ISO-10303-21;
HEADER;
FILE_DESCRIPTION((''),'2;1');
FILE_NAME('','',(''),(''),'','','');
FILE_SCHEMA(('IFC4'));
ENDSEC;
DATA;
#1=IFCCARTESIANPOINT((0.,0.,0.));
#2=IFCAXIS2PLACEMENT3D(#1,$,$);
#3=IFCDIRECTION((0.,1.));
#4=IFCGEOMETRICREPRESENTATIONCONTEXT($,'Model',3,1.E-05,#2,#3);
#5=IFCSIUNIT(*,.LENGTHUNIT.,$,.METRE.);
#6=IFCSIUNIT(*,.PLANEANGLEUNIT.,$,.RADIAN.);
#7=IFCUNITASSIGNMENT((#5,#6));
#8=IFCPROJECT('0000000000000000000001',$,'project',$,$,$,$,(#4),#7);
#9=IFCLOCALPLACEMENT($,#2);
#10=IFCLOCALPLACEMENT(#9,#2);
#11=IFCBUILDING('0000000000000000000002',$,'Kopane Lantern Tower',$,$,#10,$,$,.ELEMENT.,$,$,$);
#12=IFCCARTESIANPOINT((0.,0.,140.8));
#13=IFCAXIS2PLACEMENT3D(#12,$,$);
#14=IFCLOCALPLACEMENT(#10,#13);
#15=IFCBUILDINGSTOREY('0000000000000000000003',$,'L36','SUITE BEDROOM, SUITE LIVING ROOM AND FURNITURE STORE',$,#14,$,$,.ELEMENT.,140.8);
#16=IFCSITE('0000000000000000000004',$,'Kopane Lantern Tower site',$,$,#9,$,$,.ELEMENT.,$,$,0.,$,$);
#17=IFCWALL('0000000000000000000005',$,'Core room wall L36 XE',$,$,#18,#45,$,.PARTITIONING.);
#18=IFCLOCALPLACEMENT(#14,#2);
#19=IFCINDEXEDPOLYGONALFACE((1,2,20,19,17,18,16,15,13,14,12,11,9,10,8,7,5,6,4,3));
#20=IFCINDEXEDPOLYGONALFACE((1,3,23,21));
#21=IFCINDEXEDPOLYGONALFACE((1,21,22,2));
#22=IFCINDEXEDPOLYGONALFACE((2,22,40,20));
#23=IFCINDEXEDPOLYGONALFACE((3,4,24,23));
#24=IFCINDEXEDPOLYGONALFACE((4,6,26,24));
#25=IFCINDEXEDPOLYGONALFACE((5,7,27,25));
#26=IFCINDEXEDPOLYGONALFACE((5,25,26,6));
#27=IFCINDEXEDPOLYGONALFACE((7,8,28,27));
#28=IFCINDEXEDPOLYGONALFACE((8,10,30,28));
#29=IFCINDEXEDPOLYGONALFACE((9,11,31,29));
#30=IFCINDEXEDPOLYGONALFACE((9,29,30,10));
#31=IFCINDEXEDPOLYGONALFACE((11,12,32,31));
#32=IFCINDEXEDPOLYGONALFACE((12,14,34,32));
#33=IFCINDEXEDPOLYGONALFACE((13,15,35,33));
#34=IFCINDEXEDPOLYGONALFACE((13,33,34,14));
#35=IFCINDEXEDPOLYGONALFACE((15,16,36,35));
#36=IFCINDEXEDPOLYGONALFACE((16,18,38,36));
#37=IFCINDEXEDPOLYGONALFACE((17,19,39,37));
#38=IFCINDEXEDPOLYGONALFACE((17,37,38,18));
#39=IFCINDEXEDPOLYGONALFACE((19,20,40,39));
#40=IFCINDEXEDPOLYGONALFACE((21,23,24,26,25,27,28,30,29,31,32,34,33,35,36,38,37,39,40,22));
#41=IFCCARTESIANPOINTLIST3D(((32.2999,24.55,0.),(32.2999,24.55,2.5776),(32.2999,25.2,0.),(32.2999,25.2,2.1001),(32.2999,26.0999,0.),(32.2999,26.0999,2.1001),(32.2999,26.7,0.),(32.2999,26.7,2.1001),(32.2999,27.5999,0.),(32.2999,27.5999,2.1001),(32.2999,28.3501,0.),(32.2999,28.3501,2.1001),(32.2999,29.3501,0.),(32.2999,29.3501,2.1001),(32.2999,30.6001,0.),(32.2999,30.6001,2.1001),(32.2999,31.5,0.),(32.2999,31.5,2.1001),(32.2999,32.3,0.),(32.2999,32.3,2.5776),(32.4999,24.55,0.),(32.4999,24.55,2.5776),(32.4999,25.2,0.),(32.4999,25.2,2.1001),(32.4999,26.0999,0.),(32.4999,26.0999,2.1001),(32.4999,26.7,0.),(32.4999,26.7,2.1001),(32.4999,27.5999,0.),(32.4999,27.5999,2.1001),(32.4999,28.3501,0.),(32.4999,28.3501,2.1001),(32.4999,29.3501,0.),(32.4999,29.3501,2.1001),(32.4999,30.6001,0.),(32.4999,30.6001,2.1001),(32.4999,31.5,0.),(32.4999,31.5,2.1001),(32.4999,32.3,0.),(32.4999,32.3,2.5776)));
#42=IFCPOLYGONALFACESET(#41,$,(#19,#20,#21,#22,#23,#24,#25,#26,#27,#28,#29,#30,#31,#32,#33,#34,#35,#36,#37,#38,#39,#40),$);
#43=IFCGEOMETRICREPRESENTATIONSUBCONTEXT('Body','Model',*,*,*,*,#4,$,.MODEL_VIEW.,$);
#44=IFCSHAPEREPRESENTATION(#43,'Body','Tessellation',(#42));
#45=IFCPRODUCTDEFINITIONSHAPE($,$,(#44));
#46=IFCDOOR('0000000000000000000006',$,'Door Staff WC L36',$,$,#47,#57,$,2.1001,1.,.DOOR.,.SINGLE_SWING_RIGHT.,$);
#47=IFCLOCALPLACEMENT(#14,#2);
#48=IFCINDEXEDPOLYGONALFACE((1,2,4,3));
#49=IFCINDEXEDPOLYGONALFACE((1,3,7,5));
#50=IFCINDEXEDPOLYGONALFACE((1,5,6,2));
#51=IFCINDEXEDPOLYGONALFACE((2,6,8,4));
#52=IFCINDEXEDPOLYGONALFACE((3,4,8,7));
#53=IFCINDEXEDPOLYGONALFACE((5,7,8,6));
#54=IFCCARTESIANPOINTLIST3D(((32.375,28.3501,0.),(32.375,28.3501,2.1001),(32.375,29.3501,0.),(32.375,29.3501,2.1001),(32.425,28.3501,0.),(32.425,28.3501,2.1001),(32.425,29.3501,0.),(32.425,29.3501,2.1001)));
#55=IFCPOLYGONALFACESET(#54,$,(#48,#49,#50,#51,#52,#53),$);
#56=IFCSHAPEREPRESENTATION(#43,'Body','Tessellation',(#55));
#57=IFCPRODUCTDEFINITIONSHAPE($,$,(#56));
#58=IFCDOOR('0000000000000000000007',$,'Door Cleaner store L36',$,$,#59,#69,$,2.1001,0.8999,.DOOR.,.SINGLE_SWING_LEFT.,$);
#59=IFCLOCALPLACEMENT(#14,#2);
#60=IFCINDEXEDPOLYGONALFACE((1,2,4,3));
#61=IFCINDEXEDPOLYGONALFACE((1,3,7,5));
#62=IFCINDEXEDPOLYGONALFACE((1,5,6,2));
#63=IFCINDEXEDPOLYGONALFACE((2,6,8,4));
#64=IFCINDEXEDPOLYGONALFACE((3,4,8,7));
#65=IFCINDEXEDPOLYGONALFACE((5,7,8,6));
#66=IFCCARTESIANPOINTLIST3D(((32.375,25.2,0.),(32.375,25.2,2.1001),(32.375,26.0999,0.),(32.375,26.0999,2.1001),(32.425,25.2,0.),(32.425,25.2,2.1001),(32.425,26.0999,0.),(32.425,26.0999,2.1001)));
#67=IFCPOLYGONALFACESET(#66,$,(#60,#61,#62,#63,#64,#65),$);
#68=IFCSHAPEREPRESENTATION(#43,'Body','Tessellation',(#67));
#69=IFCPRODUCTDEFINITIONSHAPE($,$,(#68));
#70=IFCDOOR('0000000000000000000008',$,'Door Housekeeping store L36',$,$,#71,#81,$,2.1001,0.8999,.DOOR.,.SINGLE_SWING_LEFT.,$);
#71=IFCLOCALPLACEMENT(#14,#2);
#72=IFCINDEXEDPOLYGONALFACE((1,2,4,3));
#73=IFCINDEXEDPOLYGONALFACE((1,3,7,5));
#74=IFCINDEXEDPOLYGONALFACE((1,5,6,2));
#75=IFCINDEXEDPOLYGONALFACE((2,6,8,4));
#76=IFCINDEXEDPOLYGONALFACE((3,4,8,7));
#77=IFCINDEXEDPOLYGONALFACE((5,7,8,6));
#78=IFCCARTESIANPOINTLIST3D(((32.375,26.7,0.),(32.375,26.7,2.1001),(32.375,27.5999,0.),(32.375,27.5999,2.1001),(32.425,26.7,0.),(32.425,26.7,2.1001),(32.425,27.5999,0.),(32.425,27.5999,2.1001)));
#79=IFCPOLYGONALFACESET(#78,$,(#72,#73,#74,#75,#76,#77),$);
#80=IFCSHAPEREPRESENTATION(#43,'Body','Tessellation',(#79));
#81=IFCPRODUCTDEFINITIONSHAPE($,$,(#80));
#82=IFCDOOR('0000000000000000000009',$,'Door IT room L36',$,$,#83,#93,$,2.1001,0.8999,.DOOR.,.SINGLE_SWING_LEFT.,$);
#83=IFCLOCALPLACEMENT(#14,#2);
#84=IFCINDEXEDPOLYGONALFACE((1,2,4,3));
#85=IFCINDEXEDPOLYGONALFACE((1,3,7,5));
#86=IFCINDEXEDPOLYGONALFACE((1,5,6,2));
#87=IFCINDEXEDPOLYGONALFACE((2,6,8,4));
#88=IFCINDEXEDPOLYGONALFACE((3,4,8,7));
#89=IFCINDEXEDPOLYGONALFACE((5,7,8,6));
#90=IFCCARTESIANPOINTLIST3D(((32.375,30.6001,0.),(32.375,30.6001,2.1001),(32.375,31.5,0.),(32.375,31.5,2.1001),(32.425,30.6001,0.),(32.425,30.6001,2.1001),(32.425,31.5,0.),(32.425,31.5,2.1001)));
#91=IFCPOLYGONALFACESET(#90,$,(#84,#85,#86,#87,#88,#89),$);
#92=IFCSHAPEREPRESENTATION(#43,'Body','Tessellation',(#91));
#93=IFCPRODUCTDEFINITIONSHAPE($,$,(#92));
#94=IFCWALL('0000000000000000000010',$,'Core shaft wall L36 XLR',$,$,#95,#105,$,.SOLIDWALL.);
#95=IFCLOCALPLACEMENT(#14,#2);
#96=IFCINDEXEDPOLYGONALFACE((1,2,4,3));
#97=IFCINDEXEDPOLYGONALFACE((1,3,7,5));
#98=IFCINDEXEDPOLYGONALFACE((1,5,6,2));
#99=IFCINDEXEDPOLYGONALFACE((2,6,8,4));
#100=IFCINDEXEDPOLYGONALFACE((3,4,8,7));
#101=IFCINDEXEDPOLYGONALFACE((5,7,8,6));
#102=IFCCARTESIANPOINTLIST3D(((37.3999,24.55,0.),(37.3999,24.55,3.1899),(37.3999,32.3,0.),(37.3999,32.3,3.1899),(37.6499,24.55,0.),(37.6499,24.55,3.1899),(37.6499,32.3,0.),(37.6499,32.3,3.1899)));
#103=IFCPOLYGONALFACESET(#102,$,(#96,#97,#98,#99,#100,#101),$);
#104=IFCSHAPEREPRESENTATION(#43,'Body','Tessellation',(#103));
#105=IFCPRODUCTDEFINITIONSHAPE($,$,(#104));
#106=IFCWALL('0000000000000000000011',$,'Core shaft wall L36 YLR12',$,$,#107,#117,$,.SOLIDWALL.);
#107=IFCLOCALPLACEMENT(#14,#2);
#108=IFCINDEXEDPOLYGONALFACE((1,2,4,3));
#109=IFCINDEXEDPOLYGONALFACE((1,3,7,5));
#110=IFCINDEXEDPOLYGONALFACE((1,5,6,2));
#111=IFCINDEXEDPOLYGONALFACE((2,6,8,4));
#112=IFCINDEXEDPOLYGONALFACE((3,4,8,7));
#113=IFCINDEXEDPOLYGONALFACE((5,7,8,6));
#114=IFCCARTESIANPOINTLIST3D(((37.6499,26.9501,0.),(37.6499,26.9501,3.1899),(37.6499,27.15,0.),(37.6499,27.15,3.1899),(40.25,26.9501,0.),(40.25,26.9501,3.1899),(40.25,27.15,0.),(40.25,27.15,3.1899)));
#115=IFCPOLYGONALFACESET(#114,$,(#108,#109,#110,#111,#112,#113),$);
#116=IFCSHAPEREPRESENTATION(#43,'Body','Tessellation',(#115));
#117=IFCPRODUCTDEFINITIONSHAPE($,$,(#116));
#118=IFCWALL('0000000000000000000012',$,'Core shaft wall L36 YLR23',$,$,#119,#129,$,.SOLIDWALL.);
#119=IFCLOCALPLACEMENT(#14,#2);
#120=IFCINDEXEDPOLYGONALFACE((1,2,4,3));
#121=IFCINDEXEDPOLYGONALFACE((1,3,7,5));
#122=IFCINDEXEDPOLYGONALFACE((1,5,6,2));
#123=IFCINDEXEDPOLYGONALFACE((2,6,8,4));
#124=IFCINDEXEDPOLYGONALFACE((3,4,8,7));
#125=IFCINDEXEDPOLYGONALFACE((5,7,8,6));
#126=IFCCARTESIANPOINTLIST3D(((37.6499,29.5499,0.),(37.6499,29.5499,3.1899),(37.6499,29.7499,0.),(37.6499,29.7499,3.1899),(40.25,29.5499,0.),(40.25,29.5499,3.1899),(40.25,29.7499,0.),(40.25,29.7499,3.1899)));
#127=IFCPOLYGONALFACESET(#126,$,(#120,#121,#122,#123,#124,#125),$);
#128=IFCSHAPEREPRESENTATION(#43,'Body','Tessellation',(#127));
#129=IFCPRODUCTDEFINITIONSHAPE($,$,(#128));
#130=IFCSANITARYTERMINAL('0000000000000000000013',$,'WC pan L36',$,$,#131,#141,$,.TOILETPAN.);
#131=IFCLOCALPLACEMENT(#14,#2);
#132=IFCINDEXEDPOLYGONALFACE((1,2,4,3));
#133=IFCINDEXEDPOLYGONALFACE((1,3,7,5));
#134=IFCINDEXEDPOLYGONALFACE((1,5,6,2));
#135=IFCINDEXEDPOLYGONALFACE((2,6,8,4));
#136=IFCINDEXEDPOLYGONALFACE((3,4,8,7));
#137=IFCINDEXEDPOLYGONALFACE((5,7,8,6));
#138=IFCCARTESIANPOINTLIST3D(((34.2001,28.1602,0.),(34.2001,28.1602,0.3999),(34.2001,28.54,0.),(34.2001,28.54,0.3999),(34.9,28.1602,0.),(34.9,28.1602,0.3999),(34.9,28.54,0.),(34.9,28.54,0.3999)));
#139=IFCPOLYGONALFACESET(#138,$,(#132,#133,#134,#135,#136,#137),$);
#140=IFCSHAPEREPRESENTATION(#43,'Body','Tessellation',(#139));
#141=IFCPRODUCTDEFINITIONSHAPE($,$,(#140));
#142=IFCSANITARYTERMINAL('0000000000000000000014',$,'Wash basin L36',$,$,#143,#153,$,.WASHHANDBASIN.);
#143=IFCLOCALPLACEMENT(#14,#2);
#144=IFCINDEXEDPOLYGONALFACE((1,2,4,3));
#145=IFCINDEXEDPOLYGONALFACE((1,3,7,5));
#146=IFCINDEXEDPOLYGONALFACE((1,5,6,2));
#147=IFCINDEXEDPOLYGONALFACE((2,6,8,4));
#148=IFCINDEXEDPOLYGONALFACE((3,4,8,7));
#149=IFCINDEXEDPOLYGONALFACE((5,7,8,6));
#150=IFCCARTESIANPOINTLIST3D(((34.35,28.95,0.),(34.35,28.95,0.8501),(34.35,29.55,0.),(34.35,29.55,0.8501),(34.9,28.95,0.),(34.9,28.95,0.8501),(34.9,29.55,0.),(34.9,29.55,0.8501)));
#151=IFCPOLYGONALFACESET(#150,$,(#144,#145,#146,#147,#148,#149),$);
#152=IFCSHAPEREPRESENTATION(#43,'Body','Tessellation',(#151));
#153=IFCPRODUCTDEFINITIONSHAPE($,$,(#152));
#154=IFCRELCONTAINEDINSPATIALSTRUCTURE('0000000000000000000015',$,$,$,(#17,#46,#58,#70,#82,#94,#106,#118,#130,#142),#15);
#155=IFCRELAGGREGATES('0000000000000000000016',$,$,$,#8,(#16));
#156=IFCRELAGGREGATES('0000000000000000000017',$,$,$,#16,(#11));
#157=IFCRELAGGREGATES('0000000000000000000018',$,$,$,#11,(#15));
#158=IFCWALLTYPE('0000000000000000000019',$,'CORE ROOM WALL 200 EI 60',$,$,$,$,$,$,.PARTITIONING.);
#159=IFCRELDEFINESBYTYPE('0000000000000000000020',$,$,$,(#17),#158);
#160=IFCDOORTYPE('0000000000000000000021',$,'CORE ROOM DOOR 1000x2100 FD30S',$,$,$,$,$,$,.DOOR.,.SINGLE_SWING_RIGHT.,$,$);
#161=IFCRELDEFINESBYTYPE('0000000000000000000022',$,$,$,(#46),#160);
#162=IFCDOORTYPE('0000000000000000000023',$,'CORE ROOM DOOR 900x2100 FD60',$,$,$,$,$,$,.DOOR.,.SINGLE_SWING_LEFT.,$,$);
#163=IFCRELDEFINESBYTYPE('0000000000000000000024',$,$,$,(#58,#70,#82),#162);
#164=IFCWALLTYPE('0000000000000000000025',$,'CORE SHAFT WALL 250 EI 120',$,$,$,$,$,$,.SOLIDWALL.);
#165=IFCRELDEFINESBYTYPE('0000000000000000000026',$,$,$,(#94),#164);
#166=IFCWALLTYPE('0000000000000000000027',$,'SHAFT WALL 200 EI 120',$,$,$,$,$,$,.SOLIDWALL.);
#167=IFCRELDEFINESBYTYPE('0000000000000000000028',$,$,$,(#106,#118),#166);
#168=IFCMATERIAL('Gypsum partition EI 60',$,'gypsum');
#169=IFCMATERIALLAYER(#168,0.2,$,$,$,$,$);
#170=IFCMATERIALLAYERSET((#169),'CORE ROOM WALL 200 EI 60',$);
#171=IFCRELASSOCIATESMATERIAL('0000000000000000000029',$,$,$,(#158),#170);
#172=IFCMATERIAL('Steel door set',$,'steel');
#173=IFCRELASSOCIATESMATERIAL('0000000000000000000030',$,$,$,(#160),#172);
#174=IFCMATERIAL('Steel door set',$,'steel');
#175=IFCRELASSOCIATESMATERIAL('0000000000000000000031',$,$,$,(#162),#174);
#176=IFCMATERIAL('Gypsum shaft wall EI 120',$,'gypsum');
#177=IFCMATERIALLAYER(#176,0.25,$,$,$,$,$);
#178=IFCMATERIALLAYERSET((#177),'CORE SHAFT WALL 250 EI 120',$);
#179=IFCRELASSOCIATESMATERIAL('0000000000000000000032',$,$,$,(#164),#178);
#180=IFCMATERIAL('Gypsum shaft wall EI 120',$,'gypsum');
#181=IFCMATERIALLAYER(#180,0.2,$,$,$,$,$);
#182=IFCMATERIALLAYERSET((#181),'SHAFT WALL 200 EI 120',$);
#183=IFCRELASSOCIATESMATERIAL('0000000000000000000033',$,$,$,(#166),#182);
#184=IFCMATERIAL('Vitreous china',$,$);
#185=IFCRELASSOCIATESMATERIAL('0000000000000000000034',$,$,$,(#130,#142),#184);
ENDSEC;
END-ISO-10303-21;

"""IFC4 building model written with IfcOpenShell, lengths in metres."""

from ifc_helpers import new_model, si_unit, direction, frame, frame_2d, origin, origin_2d, place, context, subcontext, project, spatial, rectangle, extrude, material, layer, layer_set, type_object, element, fill, save


model = new_model("IFC4")

# Units and contexts
model_context = context("Model", 3, precision=1e-05, world=origin(), true_north=direction((0.0, 1.0)))
body_context = subcontext(model_context, "Body", "Model", "MODEL_VIEW")
ifc_project = project(units=[si_unit("LENGTHUNIT", "METRE"), si_unit("PLANEANGLEUNIT", "RADIAN")], contexts=[model_context])

# Site, building, storey
site_placement = place(None, origin())
site = spatial("IfcSite", under=ifc_project, at=site_placement, Name="Kopane Lantern Tower site", CompositionType="ELEMENT", RefElevation=0.0)
building_placement = place(site_placement, origin())
building = spatial("IfcBuilding", under=site, at=building_placement, Name="Kopane Lantern Tower", CompositionType="ELEMENT")
storey_placement = place(building_placement, frame((0.0, 0.0, 140.8)))
storey = spatial("IfcBuildingStorey", under=building, at=storey_placement, Name="L36", Description="SUITE BEDROOM, SUITE LIVING ROOM AND FURNITURE STORE", CompositionType="ELEMENT", Elevation=140.8)

# Wall, openings, doors
ifc_material_1 = material(Name="Gypsum partition EI 60", Category="gypsum")
ifc_layer_1 = layer(ifc_material_1, 0.2)
ifc_layer_set_1 = layer_set([ifc_layer_1], Name="CORE ROOM WALL 200 EI 60")
wall_type_1 = type_object("IfcWallType", Name="CORE ROOM WALL 200 EI 60", PredefinedType="PARTITIONING", material=ifc_layer_set_1)
wall_1_placement = place(storey_placement, frame((32.3999, 24.55, 0.0), z_axis=(0.0, 0.0, 1.0), x_axis=(0.0, 1.0, 0.0)))
wall_1 = element("IfcWall", 1, at=wall_1_placement, inside=storey, type_object=wall_type_1, Name="Core room wall L36 XE", PredefinedType="PARTITIONING", context=body_context, shape_type="SweptSolid", body=[
    extrude(rectangle(XDim=7.75, YDim=0.2, at=frame_2d((3.875, 0.0))), origin(), (0.0, 0.0, 1.0), 2.5776),
])
opening_1_placement = place(wall_1_placement, frame((0.6499, 0.0, 0.0)))
opening_1 = element("IfcOpeningElement", 2, at=opening_1_placement, cuts=wall_1, PredefinedType="OPENING", context=body_context, shape_type="SweptSolid", body=[
    extrude(rectangle(XDim=0.8999, YDim=2.1001, at=frame_2d((0.45, 1.05))), frame((0.0, 0.1099, 0.0), z_axis=(0.0, -1.0, 0.0), x_axis=(1.0, 0.0, 0.0)), (0.0, 0.0, 1.0), 0.22),
])
opening_2_placement = place(wall_1_placement, frame((2.1499, 0.0, 0.0)))
opening_2 = element("IfcOpeningElement", 3, at=opening_2_placement, cuts=wall_1, PredefinedType="OPENING", context=body_context, shape_type="SweptSolid", body=[
    extrude(rectangle(XDim=0.8999, YDim=2.1001, at=frame_2d((0.45, 1.05))), frame((0.0, 0.1099, 0.0), z_axis=(0.0, -1.0, 0.0), x_axis=(1.0, 0.0, 0.0)), (0.0, 0.0, 1.0), 0.22),
])
opening_3_placement = place(wall_1_placement, frame((3.8, 0.0, 0.0)))
opening_3 = element("IfcOpeningElement", 4, at=opening_3_placement, cuts=wall_1, PredefinedType="OPENING", context=body_context, shape_type="SweptSolid", body=[
    extrude(rectangle(XDim=1.0, YDim=2.1001, at=frame_2d((0.5, 1.05))), frame((0.0, 0.1099, 0.0), z_axis=(0.0, -1.0, 0.0), x_axis=(1.0, 0.0, 0.0)), (0.0, 0.0, 1.0), 0.22),
])
opening_4_placement = place(wall_1_placement, frame((6.05, 0.0, 0.0)))
opening_4 = element("IfcOpeningElement", 5, at=opening_4_placement, cuts=wall_1, PredefinedType="OPENING", context=body_context, shape_type="SweptSolid", body=[
    extrude(rectangle(XDim=0.8999, YDim=2.1001, at=frame_2d((0.45, 1.05))), frame((0.0, 0.1099, 0.0), z_axis=(0.0, -1.0, 0.0), x_axis=(1.0, 0.0, 0.0)), (0.0, 0.0, 1.0), 0.22),
])
ifc_material_2 = material(Name="Steel door set", Category="steel")
door_type_1 = type_object("IfcDoorType", Name="CORE ROOM DOOR 1000x2100 FD30S", OperationType="SINGLE_SWING_RIGHT", PredefinedType="DOOR", material=ifc_material_2)
door_1_placement = place(opening_3_placement, origin())
door_1 = element("IfcDoor", 6, at=door_1_placement, inside=storey, type_object=door_type_1, Name="Door Staff WC L36", OperationType="SINGLE_SWING_RIGHT", OverallHeight=2.1001, OverallWidth=1.0, PredefinedType="DOOR", context=body_context, shape_type="SweptSolid", body=[
    extrude(rectangle(XDim=1.0, YDim=2.1001, at=frame_2d((0.5, 1.05))), frame((0.0, 0.0249, 0.0), z_axis=(0.0, -1.0, 0.0), x_axis=(1.0, 0.0, 0.0)), (0.0, 0.0, 1.0), 0.05),
])
fill(opening_3, door_1)
ifc_material_3 = material(Name="Steel door set", Category="steel")
door_type_2 = type_object("IfcDoorType", Name="CORE ROOM DOOR 900x2100 FD60", OperationType="SINGLE_SWING_LEFT", PredefinedType="DOOR", material=ifc_material_3)
door_2_placement = place(opening_1_placement, origin())
door_2 = element("IfcDoor", 7, at=door_2_placement, inside=storey, type_object=door_type_2, Name="Door Cleaner store L36", OperationType="SINGLE_SWING_LEFT", OverallHeight=2.1001, OverallWidth=0.8999, PredefinedType="DOOR", context=body_context, shape_type="SweptSolid", body=[
    extrude(rectangle(XDim=0.8999, YDim=2.1001, at=frame_2d((0.45, 1.05))), frame((0.0, 0.0249, 0.0), z_axis=(0.0, -1.0, 0.0), x_axis=(1.0, 0.0, 0.0)), (0.0, 0.0, 1.0), 0.05),
])
fill(opening_1, door_2)
door_3_placement = place(opening_2_placement, origin())
door_3 = element("IfcDoor", 8, at=door_3_placement, inside=storey, type_object=door_type_2, Name="Door Housekeeping store L36", OperationType="SINGLE_SWING_LEFT", OverallHeight=2.1001, OverallWidth=0.8999, PredefinedType="DOOR", context=body_context, shape_type="SweptSolid", body=[
    extrude(rectangle(XDim=0.8999, YDim=2.1001, at=frame_2d((0.45, 1.05))), frame((0.0, 0.0249, 0.0), z_axis=(0.0, -1.0, 0.0), x_axis=(1.0, 0.0, 0.0)), (0.0, 0.0, 1.0), 0.05),
])
fill(opening_2, door_3)
door_4_placement = place(opening_4_placement, origin())
door_4 = element("IfcDoor", 9, at=door_4_placement, inside=storey, type_object=door_type_2, Name="Door IT room L36", OperationType="SINGLE_SWING_LEFT", OverallHeight=2.1001, OverallWidth=0.8999, PredefinedType="DOOR", context=body_context, shape_type="SweptSolid", body=[
    extrude(rectangle(XDim=0.8999, YDim=2.1001, at=frame_2d((0.45, 1.05))), frame((0.0, 0.0249, 0.0), z_axis=(0.0, -1.0, 0.0), x_axis=(1.0, 0.0, 0.0)), (0.0, 0.0, 1.0), 0.05),
])
fill(opening_4, door_4)

# Walls
ifc_material_4 = material(Name="Gypsum shaft wall EI 120", Category="gypsum")
ifc_layer_2 = layer(ifc_material_4, 0.25)
ifc_layer_set_2 = layer_set([ifc_layer_2], Name="CORE SHAFT WALL 250 EI 120")
wall_type_2 = type_object("IfcWallType", Name="CORE SHAFT WALL 250 EI 120", PredefinedType="SOLIDWALL", material=ifc_layer_set_2)
wall_2_placement = place(storey_placement, frame((37.5249, 24.55, 0.0), z_axis=(0.0, 0.0, 1.0), x_axis=(0.0, 1.0, 0.0)))
element("IfcWall", 10, at=wall_2_placement, inside=storey, type_object=wall_type_2, Name="Core shaft wall L36 XLR", PredefinedType="SOLIDWALL", context=body_context, shape_type="SweptSolid", body=[
    extrude(rectangle(XDim=7.75, YDim=0.25, at=frame_2d((3.875, 0.0))), origin(), (0.0, 0.0, 1.0), 3.1899),
])
ifc_material_5 = material(Name="Gypsum shaft wall EI 120", Category="gypsum")
ifc_layer_3 = layer(ifc_material_5, 0.2)
ifc_layer_set_3 = layer_set([ifc_layer_3], Name="SHAFT WALL 200 EI 120")
wall_type_3 = type_object("IfcWallType", Name="SHAFT WALL 200 EI 120", PredefinedType="SOLIDWALL", material=ifc_layer_set_3)
for number, where, z_axis, x_axis, name in (
    (11, (37.6499, 27.05, 0.0), (0.0, 0.0, 1.0), (1.0, 0.0, 0.0), "Core shaft wall L36 YLR12"),
    (12, (37.6499, 29.6499, 0.0), (0.0, 0.0, 1.0), (1.0, 0.0, 0.0), "Core shaft wall L36 YLR23"),
):
    element("IfcWall", number, at=place(storey_placement, frame(where, z_axis=z_axis, x_axis=x_axis)), inside=storey, type_object=wall_type_3, Name=name, PredefinedType="SOLIDWALL", context=body_context, shape_type="SweptSolid", body=[
        extrude(rectangle(XDim=2.6001, YDim=0.2, at=frame_2d((1.3, 0.0))), origin(), (0.0, 0.0, 1.0), 3.1899),
    ])

# Sanitary terminals
ifc_material_6 = material(Name="Vitreous china")
sanitary_terminal_1_placement = place(storey_placement, frame((34.55, 28.3501, 0.0), z_axis=(0.0, 0.0, 1.0), x_axis=(1.0, 0.0, 0.0)))
element("IfcSanitaryTerminal", 13, at=sanitary_terminal_1_placement, inside=storey, material=ifc_material_6, Name="WC pan L36", PredefinedType="TOILETPAN", context=body_context, shape_type="SweptSolid", body=[
    extrude(rectangle(XDim=0.7, YDim=0.3799, at=origin_2d()), origin(), (0.0, 0.0, 1.0), 0.3999),
])
sanitary_terminal_2_placement = place(storey_placement, frame((34.625, 29.25, 0.0), z_axis=(0.0, 0.0, 1.0), x_axis=(1.0, 0.0, 0.0)))
element("IfcSanitaryTerminal", 14, at=sanitary_terminal_2_placement, inside=storey, material=ifc_material_6, Name="Wash basin L36", PredefinedType="WASHHANDBASIN", context=body_context, shape_type="SweptSolid", body=[
    extrude(rectangle(XDim=0.55, YDim=0.6001, at=origin_2d()), origin(), (0.0, 0.0, 1.0), 0.8501),
])

save(model, "model.ifc")
